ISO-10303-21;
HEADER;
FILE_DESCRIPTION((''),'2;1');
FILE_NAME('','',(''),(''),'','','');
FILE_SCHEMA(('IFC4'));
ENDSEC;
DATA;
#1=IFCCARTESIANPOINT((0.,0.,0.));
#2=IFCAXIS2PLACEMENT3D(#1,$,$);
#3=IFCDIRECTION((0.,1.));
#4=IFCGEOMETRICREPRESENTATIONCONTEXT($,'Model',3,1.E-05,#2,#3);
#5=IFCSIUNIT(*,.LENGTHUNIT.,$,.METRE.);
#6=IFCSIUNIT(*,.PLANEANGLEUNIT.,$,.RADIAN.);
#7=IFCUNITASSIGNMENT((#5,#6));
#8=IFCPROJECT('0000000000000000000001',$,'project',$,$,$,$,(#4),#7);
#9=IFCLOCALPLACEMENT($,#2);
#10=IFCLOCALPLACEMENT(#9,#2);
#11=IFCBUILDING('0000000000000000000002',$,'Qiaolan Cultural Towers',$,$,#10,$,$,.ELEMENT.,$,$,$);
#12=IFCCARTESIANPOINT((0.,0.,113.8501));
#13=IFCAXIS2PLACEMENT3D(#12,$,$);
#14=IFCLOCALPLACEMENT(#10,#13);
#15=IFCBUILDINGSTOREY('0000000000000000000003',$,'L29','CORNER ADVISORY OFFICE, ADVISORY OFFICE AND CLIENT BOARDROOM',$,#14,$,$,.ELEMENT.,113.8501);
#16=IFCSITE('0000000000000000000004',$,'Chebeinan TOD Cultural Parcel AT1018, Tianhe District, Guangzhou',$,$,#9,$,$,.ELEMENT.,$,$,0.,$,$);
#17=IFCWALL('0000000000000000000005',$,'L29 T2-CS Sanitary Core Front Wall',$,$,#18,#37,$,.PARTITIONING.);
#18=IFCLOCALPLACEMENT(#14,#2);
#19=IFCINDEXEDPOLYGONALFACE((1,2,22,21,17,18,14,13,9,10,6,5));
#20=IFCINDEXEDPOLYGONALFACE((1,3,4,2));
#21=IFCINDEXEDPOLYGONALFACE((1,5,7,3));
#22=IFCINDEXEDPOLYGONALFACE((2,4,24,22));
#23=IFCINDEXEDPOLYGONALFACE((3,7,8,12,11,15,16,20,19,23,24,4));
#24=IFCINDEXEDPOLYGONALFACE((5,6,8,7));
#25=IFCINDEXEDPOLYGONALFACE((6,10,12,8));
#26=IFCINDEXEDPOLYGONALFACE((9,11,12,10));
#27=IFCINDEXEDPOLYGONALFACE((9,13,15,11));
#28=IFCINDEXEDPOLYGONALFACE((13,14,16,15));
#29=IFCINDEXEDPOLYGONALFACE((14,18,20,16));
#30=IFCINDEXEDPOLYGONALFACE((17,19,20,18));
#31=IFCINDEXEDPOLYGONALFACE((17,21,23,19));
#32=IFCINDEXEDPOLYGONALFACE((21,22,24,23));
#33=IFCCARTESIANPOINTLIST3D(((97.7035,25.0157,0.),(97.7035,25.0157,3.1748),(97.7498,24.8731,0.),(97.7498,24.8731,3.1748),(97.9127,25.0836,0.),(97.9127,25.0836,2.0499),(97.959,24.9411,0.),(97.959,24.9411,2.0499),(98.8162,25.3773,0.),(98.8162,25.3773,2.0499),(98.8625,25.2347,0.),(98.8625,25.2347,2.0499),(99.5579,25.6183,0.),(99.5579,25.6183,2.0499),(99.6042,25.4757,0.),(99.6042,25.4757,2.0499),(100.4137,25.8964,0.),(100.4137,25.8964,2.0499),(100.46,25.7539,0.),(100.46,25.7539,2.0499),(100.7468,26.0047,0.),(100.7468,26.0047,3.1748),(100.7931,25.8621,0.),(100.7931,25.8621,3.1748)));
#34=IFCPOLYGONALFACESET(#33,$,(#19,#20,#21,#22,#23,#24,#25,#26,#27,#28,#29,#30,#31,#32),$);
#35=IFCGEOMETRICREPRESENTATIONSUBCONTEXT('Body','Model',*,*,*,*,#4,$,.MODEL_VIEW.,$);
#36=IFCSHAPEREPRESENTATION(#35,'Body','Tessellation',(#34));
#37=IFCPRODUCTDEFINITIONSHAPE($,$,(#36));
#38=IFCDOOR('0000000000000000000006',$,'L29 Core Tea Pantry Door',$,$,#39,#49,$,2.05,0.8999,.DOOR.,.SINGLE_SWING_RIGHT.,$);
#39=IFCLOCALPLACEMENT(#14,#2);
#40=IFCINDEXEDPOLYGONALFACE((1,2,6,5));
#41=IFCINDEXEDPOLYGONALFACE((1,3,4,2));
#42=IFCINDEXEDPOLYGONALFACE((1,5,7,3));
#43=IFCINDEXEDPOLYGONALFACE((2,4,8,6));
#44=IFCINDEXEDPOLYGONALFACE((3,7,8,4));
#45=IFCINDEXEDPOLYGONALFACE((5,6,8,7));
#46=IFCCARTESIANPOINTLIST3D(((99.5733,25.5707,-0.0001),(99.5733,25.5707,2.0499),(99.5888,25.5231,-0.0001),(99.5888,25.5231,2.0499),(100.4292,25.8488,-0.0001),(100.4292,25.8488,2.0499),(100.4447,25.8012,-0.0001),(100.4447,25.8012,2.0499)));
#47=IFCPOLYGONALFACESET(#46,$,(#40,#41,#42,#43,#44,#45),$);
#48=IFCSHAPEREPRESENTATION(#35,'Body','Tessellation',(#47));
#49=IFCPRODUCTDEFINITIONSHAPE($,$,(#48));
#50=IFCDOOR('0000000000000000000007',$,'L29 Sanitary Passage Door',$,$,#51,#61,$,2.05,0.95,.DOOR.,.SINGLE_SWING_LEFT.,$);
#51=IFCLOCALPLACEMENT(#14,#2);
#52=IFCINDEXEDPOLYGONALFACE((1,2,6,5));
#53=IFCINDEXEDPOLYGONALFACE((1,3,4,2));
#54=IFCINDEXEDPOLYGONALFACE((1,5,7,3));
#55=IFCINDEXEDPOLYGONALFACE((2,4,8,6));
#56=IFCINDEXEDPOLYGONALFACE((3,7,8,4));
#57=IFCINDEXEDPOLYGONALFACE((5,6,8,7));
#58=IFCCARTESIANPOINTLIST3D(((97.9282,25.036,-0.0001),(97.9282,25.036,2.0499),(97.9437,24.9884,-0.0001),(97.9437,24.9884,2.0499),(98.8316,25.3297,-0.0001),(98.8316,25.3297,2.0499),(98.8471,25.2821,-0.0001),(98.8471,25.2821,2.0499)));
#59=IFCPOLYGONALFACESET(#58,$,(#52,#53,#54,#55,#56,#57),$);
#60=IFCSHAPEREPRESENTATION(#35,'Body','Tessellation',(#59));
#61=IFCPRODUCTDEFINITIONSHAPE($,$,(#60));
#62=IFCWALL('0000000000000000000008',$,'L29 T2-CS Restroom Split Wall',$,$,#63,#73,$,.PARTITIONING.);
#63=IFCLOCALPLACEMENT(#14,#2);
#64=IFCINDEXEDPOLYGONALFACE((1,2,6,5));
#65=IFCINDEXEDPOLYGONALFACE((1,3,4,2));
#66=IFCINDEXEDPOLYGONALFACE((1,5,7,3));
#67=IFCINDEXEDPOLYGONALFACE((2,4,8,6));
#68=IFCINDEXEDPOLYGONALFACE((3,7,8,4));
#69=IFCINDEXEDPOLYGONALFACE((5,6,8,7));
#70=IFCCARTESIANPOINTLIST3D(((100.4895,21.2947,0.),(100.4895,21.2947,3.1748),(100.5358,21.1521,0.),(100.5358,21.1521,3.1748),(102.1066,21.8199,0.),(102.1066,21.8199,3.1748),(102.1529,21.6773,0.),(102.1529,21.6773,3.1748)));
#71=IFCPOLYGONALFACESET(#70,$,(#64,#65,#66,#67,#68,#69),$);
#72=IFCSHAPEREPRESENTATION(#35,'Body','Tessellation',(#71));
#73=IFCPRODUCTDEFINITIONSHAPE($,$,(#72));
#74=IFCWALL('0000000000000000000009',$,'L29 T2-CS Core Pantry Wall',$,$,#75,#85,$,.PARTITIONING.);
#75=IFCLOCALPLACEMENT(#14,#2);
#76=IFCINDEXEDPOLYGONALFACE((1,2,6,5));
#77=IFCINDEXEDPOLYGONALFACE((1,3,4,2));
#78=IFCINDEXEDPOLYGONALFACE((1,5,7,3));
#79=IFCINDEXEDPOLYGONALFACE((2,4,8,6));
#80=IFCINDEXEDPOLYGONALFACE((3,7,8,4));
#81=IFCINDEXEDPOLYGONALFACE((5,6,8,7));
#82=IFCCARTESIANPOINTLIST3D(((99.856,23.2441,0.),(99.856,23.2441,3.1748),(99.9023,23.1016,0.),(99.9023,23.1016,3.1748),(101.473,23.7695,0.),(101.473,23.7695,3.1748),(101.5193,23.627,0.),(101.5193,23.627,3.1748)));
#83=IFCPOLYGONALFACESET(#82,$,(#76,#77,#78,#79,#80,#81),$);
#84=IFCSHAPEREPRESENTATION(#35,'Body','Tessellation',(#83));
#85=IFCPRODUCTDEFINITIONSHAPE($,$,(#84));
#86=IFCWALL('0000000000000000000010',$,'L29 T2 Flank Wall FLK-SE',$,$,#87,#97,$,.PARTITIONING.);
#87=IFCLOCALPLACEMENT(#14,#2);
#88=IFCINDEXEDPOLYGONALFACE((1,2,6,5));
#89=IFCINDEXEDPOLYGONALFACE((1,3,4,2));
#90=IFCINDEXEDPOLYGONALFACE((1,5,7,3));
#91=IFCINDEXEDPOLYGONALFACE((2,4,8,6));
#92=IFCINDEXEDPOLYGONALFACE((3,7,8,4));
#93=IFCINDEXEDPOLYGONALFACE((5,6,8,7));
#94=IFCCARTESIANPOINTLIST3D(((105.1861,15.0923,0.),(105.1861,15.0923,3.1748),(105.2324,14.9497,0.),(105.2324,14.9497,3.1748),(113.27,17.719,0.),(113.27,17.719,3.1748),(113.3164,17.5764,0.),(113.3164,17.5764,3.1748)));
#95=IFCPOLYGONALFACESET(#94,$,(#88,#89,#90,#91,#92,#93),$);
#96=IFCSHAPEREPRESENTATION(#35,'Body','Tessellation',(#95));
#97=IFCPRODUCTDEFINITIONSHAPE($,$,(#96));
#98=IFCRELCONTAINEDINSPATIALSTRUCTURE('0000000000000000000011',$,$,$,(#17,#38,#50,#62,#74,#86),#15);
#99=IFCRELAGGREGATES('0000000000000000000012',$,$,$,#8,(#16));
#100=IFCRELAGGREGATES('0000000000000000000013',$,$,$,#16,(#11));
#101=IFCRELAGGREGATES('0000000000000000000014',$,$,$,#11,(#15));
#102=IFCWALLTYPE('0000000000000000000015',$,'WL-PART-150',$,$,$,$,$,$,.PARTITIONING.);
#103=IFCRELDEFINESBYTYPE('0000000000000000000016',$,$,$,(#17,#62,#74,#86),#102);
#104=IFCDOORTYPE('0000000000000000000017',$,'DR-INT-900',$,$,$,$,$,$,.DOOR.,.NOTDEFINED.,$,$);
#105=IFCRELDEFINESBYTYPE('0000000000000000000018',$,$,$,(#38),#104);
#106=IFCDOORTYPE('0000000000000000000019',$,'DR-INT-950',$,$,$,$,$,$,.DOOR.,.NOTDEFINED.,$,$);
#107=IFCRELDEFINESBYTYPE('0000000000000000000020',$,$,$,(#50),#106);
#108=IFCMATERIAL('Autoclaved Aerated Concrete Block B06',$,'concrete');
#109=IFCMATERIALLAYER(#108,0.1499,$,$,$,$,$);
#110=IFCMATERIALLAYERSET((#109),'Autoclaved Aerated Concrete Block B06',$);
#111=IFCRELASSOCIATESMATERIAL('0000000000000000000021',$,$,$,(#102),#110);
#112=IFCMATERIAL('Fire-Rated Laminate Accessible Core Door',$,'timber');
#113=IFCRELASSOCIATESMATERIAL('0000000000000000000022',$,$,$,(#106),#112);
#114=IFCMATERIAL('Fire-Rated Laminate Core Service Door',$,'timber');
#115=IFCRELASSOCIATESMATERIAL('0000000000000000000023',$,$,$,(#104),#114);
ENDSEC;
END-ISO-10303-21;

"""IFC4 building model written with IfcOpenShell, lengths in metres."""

from ifc_helpers import new_model, si_unit, direction, frame, frame_2d, origin, place, context, subcontext, project, spatial, rectangle, extrude, material, layer, layer_set, type_object, element, fill, save


model = new_model("IFC4")

# Units and contexts
model_context = context("Model", 3, precision=1e-05, world=origin(), true_north=direction((0.0, 1.0)))
body_context = subcontext(model_context, "Body", "Model", "MODEL_VIEW")
ifc_project = project(units=[si_unit("LENGTHUNIT", "METRE"), si_unit("PLANEANGLEUNIT", "RADIAN")], contexts=[model_context])

# Site, building, storey
site_placement = place(None, origin())
site = spatial("IfcSite", under=ifc_project, at=site_placement, Name="Chebeinan TOD Cultural Parcel AT1018, Tianhe District, Guangzhou", CompositionType="ELEMENT", RefElevation=0.0)
building_placement = place(site_placement, origin())
building = spatial("IfcBuilding", under=site, at=building_placement, Name="Qiaolan Cultural Towers", CompositionType="ELEMENT")
storey_placement = place(building_placement, frame((0.0, 0.0, 113.8501)))
storey = spatial("IfcBuildingStorey", under=building, at=storey_placement, Name="L29", Description="CORNER ADVISORY OFFICE, ADVISORY OFFICE AND CLIENT BOARDROOM", CompositionType="ELEMENT", Elevation=113.8501)

# Shared definitions
ifc_material_1 = material(Name="Autoclaved Aerated Concrete Block B06", Category="concrete")
ifc_layer_1 = layer(ifc_material_1, 0.1499)
ifc_layer_set_1 = layer_set([ifc_layer_1], Name="Autoclaved Aerated Concrete Block B06")
wall_type_1 = type_object("IfcWallType", Name="WL-PART-150", PredefinedType="PARTITIONING", material=ifc_layer_set_1)
ifc_material_2 = material(Name="Fire-Rated Laminate Accessible Core Door", Category="timber")
door_type_1 = type_object("IfcDoorType", Name="DR-INT-950", OperationType="NOTDEFINED", PredefinedType="DOOR", material=ifc_material_2)

# Wall, openings, doors
wall_1_placement = place(storey_placement, frame((97.7266, 24.9443, 0.0), z_axis=(0.0, 0.0, 1.0), x_axis=(0.951037, 0.309077, 0.0)))
wall_1 = element("IfcWall", 1, at=wall_1_placement, inside=storey, type_object=wall_type_1, Name="L29 T2-CS Sanitary Core Front Wall", PredefinedType="PARTITIONING", context=body_context, shape_type="SweptSolid", body=[
    extrude(rectangle(XDim=3.2, YDim=0.1499, at=frame_2d((1.6001, 0.0))), origin(), (0.0, 0.0, 1.0), 3.1748),
])
opening_1_placement = place(wall_1_placement, frame((0.22, 0.0, 0.0)))
opening_1 = element("IfcOpeningElement", 2, at=opening_1_placement, cuts=wall_1, PredefinedType="OPENING", context=body_context, shape_type="SweptSolid", body=[
    extrude(rectangle(XDim=0.95, YDim=2.05, at=frame_2d((0.4751, 1.0249))), frame((0.0, 0.085, 0.0), z_axis=(0.0, -1.0, 0.0), x_axis=(1.0, 0.0, 0.0)), (0.0, 0.0, 1.0), 0.1699),
])
opening_2_placement = place(wall_1_placement, frame((1.95, 0.0, 0.0)))
opening_2 = element("IfcOpeningElement", 3, at=opening_2_placement, cuts=wall_1, PredefinedType="OPENING", context=body_context, shape_type="SweptSolid", body=[
    extrude(rectangle(XDim=0.8999, YDim=2.05, at=frame_2d((0.45, 1.0249))), frame((0.0, 0.085, 0.0), z_axis=(0.0, -1.0, 0.0), x_axis=(1.0, 0.0, 0.0)), (0.0, 0.0, 1.0), 0.1699),
])
ifc_material_3 = material(Name="Fire-Rated Laminate Core Service Door", Category="timber")
door_type_2 = type_object("IfcDoorType", Name="DR-INT-900", OperationType="NOTDEFINED", PredefinedType="DOOR", material=ifc_material_3)
door_1_placement = place(opening_2_placement, origin())
door_1 = element("IfcDoor", 4, at=door_1_placement, inside=storey, type_object=door_type_2, Name="L29 Core Tea Pantry Door", OperationType="SINGLE_SWING_RIGHT", OverallHeight=2.05, OverallWidth=0.8999, PredefinedType="DOOR", context=body_context, shape_type="SweptSolid", body=[
    extrude(rectangle(XDim=0.8999, YDim=2.05, at=frame_2d((0.45, 1.0249))), frame((0.0, 0.0249, 0.0), z_axis=(0.0, -1.0, 0.0), x_axis=(1.0, 0.0, 0.0)), (0.0, 0.0, 1.0), 0.05),
])
fill(opening_2, door_1)
door_2_placement = place(opening_1_placement, origin())
door_2 = element("IfcDoor", 5, at=door_2_placement, inside=storey, type_object=door_type_1, Name="L29 Sanitary Passage Door", OperationType="SINGLE_SWING_LEFT", OverallHeight=2.05, OverallWidth=0.95, PredefinedType="DOOR", context=body_context, shape_type="SweptSolid", body=[
    extrude(rectangle(XDim=0.95, YDim=2.05, at=frame_2d((0.4751, 1.0249))), frame((0.0, 0.0249, 0.0), z_axis=(0.0, -1.0, 0.0), x_axis=(1.0, 0.0, 0.0)), (0.0, 0.0, 1.0), 0.05),
])
fill(opening_1, door_2)

# Walls
for number, where, z_axis, x_axis, name in (
    (6, (100.5127, 21.2234, 0.0), (0.0, 0.0, 1.0), (0.951096, 0.308894, 0.0), "L29 T2-CS Restroom Split Wall"),
    (7, (99.8792, 23.1729, 0.0), (0.0, 0.0, 1.0), (0.951054, 0.309024, 0.0), "L29 T2-CS Core Pantry Wall"),
):
    element("IfcWall", number, at=place(storey_placement, frame(where, z_axis=z_axis, x_axis=x_axis)), inside=storey, type_object=wall_type_1, Name=name, PredefinedType="PARTITIONING", context=body_context, shape_type="SweptSolid", body=[
        extrude(rectangle(XDim=1.7002, YDim=0.1499, at=frame_2d((0.8501, 0.0))), origin(), (0.0, 0.0, 1.0), 3.1748),
    ])
wall_2_placement = place(storey_placement, frame((105.2092, 15.021, 0.0), z_axis=(0.0, 0.0, 1.0), x_axis=(0.951054, 0.309024, 0.0)))
element("IfcWall", 8, at=wall_2_placement, inside=storey, type_object=wall_type_1, Name="L29 T2 Flank Wall FLK-SE", PredefinedType="PARTITIONING", context=body_context, shape_type="SweptSolid", body=[
    extrude(rectangle(XDim=8.5, YDim=0.1499, at=frame_2d((4.25, 0.0))), origin(), (0.0, 0.0, 1.0), 3.1748),
])

save(model, "model.ifc")
